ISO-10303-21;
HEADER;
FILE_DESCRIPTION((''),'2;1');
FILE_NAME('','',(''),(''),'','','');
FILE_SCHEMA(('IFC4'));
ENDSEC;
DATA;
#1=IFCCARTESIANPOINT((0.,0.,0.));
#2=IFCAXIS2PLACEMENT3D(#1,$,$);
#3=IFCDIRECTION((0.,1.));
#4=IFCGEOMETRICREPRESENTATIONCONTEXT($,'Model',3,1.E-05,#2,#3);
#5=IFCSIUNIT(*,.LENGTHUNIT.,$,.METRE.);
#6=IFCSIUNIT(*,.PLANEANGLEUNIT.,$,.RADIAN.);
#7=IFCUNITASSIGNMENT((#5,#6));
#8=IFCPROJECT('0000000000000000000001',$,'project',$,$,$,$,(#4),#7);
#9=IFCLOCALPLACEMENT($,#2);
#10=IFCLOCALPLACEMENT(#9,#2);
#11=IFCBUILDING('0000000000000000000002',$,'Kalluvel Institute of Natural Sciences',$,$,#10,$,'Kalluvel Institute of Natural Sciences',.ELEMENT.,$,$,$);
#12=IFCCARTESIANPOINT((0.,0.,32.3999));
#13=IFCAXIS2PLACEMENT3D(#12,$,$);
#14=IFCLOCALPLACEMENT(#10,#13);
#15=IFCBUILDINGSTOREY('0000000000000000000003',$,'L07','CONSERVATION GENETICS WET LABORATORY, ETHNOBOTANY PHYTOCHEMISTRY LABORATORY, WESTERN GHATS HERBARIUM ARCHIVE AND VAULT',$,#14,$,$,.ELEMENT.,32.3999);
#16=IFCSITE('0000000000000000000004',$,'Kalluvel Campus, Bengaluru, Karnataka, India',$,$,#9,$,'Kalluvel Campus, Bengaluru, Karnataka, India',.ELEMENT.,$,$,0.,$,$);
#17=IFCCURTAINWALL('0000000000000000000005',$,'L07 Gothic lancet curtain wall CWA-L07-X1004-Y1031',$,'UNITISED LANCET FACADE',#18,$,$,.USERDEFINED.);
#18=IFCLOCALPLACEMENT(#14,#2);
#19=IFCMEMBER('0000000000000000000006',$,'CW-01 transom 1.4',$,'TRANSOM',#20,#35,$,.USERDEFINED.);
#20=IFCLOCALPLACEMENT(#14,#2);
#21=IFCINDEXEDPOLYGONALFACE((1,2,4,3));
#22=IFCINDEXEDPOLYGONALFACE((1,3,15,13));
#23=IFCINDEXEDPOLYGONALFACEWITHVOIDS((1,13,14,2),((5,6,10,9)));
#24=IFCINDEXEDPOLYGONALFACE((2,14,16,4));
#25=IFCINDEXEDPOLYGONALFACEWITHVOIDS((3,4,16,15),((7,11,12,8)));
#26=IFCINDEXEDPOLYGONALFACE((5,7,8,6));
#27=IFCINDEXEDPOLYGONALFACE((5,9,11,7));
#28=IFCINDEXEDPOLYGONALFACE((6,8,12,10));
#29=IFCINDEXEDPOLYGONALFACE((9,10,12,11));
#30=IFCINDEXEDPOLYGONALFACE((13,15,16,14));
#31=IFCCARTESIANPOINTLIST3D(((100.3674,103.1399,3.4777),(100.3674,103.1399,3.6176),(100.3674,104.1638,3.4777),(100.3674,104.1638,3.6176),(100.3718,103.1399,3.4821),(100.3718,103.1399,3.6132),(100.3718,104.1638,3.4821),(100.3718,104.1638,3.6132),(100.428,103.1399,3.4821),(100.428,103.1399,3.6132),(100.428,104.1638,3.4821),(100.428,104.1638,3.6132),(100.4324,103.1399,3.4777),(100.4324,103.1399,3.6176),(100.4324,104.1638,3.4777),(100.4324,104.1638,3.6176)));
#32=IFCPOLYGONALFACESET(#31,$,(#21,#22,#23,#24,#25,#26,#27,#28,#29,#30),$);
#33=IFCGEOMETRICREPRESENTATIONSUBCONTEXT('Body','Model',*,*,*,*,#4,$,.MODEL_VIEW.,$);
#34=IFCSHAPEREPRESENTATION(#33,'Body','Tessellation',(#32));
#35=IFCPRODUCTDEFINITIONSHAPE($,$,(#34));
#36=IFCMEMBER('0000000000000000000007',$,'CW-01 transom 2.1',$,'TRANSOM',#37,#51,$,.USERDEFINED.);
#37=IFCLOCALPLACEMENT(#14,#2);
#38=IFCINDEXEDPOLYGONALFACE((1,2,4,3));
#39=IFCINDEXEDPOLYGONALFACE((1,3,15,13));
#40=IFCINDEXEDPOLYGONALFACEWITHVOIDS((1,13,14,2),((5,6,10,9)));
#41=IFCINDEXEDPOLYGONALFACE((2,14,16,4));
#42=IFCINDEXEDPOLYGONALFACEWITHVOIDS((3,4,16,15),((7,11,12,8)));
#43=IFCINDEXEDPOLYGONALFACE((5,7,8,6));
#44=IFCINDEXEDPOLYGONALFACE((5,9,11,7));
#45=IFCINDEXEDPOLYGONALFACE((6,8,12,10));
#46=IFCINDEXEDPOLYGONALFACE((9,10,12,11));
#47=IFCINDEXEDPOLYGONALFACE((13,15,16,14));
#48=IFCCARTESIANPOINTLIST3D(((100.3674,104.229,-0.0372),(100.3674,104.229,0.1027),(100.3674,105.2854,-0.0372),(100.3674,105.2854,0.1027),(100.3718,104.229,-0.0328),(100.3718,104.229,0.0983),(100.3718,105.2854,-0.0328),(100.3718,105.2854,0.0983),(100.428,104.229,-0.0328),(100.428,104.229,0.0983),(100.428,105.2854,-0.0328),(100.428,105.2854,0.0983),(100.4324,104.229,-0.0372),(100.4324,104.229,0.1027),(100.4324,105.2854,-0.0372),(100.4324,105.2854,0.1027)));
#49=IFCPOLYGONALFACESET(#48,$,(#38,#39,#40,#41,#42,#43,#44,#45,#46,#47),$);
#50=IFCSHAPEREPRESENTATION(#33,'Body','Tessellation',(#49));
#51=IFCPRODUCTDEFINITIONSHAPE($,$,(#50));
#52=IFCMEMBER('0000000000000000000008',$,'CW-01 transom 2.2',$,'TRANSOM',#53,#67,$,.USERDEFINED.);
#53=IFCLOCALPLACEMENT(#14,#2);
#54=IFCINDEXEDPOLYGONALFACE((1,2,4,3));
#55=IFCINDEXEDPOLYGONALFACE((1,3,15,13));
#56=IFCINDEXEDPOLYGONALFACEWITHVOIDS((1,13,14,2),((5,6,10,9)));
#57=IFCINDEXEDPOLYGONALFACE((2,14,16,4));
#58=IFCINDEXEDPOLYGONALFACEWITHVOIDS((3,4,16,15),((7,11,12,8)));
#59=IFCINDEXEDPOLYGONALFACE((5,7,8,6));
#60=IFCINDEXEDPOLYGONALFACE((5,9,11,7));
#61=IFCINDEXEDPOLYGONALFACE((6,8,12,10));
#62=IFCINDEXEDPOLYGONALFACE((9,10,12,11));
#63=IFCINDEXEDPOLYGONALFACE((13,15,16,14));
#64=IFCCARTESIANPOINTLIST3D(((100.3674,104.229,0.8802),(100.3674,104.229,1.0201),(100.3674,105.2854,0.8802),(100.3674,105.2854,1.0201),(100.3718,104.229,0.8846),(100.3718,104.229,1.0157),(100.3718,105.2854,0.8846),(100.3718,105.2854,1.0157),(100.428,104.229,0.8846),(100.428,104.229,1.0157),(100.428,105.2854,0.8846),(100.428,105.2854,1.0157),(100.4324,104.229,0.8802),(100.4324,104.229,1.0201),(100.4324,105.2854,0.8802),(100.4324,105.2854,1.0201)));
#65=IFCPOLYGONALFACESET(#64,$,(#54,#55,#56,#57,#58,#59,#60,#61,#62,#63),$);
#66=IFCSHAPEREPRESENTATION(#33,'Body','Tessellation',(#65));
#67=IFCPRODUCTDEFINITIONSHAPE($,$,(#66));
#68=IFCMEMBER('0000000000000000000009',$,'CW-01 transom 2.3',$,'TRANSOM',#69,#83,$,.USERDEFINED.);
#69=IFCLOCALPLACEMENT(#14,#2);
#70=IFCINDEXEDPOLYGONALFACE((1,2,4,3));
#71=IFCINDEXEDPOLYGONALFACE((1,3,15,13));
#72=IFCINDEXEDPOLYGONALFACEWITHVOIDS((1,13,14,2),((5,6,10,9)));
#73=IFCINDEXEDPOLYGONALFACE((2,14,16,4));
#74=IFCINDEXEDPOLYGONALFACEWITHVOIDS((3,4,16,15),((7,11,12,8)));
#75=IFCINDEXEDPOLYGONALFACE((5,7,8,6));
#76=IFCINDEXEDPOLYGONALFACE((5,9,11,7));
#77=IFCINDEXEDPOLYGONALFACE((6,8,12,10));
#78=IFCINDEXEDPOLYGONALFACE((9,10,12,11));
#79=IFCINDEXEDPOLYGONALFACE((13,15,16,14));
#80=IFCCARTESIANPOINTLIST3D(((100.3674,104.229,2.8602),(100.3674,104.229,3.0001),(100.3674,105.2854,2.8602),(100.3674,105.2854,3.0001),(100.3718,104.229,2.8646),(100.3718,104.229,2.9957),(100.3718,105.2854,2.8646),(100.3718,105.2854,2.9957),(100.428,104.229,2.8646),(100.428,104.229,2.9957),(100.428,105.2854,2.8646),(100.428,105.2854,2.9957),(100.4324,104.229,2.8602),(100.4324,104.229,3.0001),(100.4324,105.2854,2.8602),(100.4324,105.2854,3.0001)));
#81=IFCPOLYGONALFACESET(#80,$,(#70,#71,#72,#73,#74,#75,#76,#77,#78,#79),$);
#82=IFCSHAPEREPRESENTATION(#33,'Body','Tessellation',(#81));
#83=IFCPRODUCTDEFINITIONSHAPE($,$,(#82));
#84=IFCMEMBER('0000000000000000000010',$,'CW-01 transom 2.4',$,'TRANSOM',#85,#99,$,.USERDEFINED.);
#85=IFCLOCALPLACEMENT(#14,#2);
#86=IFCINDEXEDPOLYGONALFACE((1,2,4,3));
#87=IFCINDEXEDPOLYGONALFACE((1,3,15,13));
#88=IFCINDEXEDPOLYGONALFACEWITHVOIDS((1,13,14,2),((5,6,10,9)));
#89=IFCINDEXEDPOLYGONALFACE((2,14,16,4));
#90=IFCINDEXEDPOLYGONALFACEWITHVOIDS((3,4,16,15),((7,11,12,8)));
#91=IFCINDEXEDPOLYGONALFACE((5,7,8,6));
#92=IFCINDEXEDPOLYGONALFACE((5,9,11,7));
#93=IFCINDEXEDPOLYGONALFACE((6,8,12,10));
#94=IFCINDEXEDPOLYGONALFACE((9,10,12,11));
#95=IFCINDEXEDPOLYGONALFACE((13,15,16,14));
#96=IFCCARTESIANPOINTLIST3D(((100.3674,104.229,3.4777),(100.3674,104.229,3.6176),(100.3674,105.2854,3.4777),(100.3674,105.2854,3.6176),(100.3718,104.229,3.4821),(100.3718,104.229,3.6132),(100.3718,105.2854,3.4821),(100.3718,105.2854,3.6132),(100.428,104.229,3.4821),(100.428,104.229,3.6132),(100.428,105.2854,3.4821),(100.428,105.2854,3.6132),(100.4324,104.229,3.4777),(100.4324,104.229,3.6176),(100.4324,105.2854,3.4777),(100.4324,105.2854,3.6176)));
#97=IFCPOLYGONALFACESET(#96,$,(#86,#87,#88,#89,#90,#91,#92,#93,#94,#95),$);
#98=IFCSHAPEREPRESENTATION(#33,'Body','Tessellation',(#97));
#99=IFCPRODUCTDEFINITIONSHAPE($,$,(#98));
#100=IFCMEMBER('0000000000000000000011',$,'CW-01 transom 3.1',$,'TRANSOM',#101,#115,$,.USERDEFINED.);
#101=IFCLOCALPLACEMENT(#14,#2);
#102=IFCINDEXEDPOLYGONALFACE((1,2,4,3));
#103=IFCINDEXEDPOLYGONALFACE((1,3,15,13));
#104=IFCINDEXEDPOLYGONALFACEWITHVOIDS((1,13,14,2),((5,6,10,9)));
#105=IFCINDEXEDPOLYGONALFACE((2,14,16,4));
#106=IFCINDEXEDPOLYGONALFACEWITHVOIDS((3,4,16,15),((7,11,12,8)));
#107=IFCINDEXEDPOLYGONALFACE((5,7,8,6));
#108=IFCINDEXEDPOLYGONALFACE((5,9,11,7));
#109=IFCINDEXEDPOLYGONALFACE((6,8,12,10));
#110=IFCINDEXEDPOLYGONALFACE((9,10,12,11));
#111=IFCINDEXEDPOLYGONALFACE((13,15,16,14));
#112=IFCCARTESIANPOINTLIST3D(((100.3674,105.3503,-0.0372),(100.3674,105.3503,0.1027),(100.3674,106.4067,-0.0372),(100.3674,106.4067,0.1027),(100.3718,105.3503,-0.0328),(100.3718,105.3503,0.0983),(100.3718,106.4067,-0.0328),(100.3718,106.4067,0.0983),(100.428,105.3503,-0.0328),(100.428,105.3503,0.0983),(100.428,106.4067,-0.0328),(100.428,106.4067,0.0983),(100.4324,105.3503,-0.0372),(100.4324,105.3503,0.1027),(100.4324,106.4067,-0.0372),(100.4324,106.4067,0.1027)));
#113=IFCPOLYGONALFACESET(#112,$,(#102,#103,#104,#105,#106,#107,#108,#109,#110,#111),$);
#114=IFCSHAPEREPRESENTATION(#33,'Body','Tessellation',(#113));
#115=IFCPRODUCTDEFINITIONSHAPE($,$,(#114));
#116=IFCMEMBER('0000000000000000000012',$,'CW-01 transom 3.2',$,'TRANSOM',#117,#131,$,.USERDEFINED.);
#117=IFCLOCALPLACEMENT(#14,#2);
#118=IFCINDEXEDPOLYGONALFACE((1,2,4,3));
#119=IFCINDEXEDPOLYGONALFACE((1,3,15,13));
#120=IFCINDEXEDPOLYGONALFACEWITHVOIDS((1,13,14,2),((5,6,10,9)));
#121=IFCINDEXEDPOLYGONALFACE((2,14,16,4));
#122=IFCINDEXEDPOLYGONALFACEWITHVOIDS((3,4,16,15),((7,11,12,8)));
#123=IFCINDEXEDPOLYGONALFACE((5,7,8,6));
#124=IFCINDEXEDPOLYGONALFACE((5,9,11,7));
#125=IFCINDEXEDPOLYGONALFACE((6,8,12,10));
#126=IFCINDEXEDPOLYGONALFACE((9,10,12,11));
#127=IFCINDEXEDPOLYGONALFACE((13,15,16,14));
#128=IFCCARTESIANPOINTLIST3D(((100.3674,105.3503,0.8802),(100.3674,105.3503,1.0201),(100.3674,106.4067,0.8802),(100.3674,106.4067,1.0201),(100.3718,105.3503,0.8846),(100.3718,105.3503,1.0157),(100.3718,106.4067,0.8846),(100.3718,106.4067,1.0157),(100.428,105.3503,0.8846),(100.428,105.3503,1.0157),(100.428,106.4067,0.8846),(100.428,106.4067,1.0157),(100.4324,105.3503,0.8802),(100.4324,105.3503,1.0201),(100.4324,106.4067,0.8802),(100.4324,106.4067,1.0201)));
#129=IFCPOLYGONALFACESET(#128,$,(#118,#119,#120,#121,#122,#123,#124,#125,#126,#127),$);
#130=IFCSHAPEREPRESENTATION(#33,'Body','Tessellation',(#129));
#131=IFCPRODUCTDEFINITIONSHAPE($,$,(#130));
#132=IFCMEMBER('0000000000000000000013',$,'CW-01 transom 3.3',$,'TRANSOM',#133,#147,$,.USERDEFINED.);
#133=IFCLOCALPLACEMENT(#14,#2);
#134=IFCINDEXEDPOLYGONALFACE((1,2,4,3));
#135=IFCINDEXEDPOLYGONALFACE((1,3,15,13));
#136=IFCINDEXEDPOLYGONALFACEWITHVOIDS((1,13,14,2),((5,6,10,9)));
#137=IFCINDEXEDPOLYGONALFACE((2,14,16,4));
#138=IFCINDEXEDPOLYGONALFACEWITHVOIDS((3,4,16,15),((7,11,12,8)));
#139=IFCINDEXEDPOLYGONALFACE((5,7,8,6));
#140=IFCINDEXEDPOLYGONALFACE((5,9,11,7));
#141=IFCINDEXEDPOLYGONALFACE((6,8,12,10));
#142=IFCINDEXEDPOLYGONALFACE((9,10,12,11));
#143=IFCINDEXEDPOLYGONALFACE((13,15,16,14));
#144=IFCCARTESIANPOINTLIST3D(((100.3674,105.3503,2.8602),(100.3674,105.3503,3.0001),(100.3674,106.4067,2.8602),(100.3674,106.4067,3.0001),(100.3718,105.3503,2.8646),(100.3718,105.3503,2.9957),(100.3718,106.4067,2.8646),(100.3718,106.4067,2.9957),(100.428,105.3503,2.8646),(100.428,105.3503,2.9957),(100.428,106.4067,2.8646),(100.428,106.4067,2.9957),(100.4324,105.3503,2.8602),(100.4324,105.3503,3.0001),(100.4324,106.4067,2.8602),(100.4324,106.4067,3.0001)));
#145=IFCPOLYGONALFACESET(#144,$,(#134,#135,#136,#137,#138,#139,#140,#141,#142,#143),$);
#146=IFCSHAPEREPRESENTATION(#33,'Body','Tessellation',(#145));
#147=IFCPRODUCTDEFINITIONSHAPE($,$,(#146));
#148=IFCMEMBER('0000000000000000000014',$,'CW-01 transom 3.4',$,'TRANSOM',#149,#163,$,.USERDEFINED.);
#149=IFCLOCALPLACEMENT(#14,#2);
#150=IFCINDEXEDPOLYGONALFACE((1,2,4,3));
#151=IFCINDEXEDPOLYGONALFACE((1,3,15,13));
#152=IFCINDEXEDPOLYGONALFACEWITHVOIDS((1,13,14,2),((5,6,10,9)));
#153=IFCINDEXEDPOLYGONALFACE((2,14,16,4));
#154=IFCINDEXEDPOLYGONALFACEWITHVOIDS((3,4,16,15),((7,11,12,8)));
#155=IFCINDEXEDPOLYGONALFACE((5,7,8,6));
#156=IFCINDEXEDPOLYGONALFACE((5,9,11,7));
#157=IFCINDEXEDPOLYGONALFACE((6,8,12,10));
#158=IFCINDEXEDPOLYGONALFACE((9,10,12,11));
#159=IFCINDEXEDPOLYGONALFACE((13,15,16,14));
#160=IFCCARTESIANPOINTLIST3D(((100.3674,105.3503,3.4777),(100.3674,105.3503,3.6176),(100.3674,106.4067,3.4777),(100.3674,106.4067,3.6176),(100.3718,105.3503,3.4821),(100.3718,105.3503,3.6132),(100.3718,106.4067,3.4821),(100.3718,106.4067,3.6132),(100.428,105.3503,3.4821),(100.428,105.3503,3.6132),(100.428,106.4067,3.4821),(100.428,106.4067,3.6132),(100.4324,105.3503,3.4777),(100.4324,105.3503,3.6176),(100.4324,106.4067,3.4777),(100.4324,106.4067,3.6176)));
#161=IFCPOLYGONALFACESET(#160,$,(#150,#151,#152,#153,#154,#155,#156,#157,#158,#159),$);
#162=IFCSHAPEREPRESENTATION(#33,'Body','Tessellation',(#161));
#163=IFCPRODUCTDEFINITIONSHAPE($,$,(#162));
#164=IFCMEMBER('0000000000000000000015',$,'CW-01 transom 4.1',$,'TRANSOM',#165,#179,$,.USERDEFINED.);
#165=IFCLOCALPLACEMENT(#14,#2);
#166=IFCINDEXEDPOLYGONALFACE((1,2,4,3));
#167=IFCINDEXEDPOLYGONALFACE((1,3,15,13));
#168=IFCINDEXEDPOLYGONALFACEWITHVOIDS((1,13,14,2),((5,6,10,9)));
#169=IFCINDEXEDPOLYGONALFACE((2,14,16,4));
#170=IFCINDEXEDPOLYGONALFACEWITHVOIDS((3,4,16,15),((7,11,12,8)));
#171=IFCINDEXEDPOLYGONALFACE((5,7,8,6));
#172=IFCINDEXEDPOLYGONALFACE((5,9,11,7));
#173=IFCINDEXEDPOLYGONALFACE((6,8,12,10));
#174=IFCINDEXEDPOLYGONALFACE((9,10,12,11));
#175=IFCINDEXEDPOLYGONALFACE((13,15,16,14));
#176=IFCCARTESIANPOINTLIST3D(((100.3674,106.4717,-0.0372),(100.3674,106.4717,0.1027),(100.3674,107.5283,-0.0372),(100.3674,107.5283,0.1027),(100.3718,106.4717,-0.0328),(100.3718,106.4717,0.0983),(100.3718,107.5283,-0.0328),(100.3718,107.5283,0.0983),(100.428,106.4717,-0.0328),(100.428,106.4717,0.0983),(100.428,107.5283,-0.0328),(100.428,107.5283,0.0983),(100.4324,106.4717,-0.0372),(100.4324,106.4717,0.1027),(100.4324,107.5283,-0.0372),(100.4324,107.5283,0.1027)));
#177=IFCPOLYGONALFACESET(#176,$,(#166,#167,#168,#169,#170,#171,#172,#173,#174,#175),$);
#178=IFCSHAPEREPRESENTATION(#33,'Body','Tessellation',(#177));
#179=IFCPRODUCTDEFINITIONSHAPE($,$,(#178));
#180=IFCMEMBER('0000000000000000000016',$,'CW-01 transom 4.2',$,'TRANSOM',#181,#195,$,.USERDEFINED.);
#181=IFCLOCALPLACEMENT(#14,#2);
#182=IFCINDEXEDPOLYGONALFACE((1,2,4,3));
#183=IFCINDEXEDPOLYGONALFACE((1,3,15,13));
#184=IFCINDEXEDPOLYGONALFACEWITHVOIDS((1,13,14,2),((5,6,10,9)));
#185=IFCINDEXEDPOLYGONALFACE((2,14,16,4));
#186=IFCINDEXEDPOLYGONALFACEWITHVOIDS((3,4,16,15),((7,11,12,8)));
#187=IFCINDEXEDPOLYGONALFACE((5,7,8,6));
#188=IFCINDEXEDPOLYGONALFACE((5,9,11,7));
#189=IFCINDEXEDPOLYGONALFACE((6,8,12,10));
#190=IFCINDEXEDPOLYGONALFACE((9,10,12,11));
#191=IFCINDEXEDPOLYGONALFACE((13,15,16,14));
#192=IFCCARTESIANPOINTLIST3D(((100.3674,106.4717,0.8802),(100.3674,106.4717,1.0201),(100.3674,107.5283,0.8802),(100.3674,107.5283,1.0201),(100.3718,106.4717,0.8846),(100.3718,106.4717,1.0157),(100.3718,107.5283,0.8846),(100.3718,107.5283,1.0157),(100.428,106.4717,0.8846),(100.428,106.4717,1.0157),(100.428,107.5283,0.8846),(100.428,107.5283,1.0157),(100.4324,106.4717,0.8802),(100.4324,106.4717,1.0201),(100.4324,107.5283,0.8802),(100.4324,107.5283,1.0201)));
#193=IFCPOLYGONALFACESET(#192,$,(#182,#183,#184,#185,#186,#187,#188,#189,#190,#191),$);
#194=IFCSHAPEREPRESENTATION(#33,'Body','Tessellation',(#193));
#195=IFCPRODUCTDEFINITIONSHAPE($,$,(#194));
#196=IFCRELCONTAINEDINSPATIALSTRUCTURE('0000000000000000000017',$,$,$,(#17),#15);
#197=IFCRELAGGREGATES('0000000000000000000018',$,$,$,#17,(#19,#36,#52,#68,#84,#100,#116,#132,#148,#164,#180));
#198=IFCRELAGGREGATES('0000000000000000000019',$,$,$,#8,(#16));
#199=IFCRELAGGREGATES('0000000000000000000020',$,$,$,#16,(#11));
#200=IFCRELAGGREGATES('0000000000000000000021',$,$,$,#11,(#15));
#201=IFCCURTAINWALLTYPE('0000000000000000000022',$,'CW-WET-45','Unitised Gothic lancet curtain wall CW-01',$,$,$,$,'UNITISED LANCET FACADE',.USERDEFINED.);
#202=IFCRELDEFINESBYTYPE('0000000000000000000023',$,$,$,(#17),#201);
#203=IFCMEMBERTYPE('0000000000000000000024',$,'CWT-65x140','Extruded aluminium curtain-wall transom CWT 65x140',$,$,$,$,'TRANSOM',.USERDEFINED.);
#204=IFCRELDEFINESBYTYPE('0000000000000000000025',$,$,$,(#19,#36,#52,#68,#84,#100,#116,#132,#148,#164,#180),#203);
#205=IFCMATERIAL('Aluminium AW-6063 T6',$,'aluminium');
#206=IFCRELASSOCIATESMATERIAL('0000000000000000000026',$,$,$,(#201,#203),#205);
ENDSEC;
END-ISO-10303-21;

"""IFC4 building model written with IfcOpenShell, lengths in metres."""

from ifc_helpers import new_model, si_unit, direction, frame, origin, origin_2d, place, context, subcontext, project, spatial, hollow_rectangle, extrude, material, material_profile, profile_set, type_object, element, aggregate, save


model = new_model("IFC4")

# Units and contexts
model_context = context("Model", 3, precision=1e-05, world=origin(), true_north=direction((0.0, 1.0)))
body_context = subcontext(model_context, "Body", "Model", "MODEL_VIEW")
ifc_project = project(units=[si_unit("LENGTHUNIT", "METRE"), si_unit("PLANEANGLEUNIT", "RADIAN")], contexts=[model_context])

# Site, building, storey
site_placement = place(None, origin())
site = spatial("IfcSite", under=ifc_project, at=site_placement, Name="Kalluvel Campus, Bengaluru, Karnataka, India", LongName="Kalluvel Campus, Bengaluru, Karnataka, India", CompositionType="ELEMENT", RefElevation=0.0)
building_placement = place(site_placement, origin())
building = spatial("IfcBuilding", under=site, at=building_placement, Name="Kalluvel Institute of Natural Sciences", LongName="Kalluvel Institute of Natural Sciences", CompositionType="ELEMENT")
storey_placement = place(building_placement, frame((0.0, 0.0, 32.3999)))
storey = spatial("IfcBuildingStorey", under=building, at=storey_placement, Name="L07", Description="CONSERVATION GENETICS WET LABORATORY, ETHNOBOTANY PHYTOCHEMISTRY LABORATORY, WESTERN GHATS HERBARIUM ARCHIVE AND VAULT", CompositionType="ELEMENT", Elevation=32.3999)

# Curtain wall, members
ifc_material_1 = material(Name="Aluminium AW-6063 T6", Category="aluminium")
curtain_wall_type = type_object("IfcCurtainWallType", Name="CW-WET-45", Description="Unitised Gothic lancet curtain wall CW-01", ElementType="UNITISED LANCET FACADE", PredefinedType="USERDEFINED", material=ifc_material_1)
curtain_wall_placement = place(storey_placement, origin())
curtain_wall = element("IfcCurtainWall", 1, at=curtain_wall_placement, inside=storey, type_object=curtain_wall_type, Name="L07 Gothic lancet curtain wall CWA-L07-X1004-Y1031", ObjectType="UNITISED LANCET FACADE", PredefinedType="USERDEFINED")
ifc_material_profile_1 = material_profile(ifc_material_1, hollow_rectangle(XDim=0.0649, YDim=0.1399, WallThickness=0.0044, at=origin_2d()), Name="CWT 65x140")
ifc_profile_set_1 = profile_set([ifc_material_profile_1], Name="Aluminium AW-6063 T6")
member_type_1 = type_object("IfcMemberType", Name="CWT-65x140", Description="Extruded aluminium curtain-wall transom CWT 65x140", ElementType="TRANSOM", PredefinedType="USERDEFINED", material=ifc_profile_set_1)
member_1_placement = place(storey_placement, frame((100.3999, 103.1399, 3.5476), z_axis=(0.0, 1.0, 0.0), x_axis=(-1.0, 0.0, 0.0)))
member_1 = element("IfcMember", 2, at=member_1_placement, type_object=member_type_1, Name="CW-01 transom 1.4", ObjectType="TRANSOM", PredefinedType="USERDEFINED", context=body_context, shape_type="SweptSolid", body=[
    extrude(hollow_rectangle(XDim=0.0649, YDim=0.1399, WallThickness=0.0044, at=origin_2d()), origin(), (0.0, 0.0, 1.0), 1.0239),
])
member_2_placement = place(storey_placement, frame((100.3999, 104.229, 0.0327), z_axis=(0.0, 1.0, 0.0), x_axis=(-1.0, 0.0, 0.0)))
member_2 = element("IfcMember", 3, at=member_2_placement, type_object=member_type_1, Name="CW-01 transom 2.1", ObjectType="TRANSOM", PredefinedType="USERDEFINED", context=body_context, shape_type="SweptSolid", body=[
    extrude(hollow_rectangle(XDim=0.0649, YDim=0.1399, WallThickness=0.0044, at=origin_2d()), origin(), (0.0, 0.0, 1.0), 1.0564),
])
member_3_placement = place(storey_placement, frame((100.3999, 104.229, 0.9502), z_axis=(0.0, 1.0, 0.0), x_axis=(-1.0, 0.0, 0.0)))
member_3 = element("IfcMember", 4, at=member_3_placement, type_object=member_type_1, Name="CW-01 transom 2.2", ObjectType="TRANSOM", PredefinedType="USERDEFINED", context=body_context, shape_type="SweptSolid", body=[
    extrude(hollow_rectangle(XDim=0.0649, YDim=0.1399, WallThickness=0.0044, at=origin_2d()), origin(), (0.0, 0.0, 1.0), 1.0564),
])
member_4_placement = place(storey_placement, frame((100.3999, 104.229, 2.9302), z_axis=(0.0, 1.0, 0.0), x_axis=(-1.0, 0.0, 0.0)))
member_4 = element("IfcMember", 5, at=member_4_placement, type_object=member_type_1, Name="CW-01 transom 2.3", ObjectType="TRANSOM", PredefinedType="USERDEFINED", context=body_context, shape_type="SweptSolid", body=[
    extrude(hollow_rectangle(XDim=0.0649, YDim=0.1399, WallThickness=0.0044, at=origin_2d()), origin(), (0.0, 0.0, 1.0), 1.0564),
])
member_5_placement = place(storey_placement, frame((100.3999, 104.229, 3.5476), z_axis=(0.0, 1.0, 0.0), x_axis=(-1.0, 0.0, 0.0)))
member_5 = element("IfcMember", 6, at=member_5_placement, type_object=member_type_1, Name="CW-01 transom 2.4", ObjectType="TRANSOM", PredefinedType="USERDEFINED", context=body_context, shape_type="SweptSolid", body=[
    extrude(hollow_rectangle(XDim=0.0649, YDim=0.1399, WallThickness=0.0044, at=origin_2d()), origin(), (0.0, 0.0, 1.0), 1.0564),
])
member_6_placement = place(storey_placement, frame((100.3999, 105.3503, 0.0327), z_axis=(0.0, 1.0, 0.0), x_axis=(-1.0, 0.0, 0.0)))
member_6 = element("IfcMember", 7, at=member_6_placement, type_object=member_type_1, Name="CW-01 transom 3.1", ObjectType="TRANSOM", PredefinedType="USERDEFINED", context=body_context, shape_type="SweptSolid", body=[
    extrude(hollow_rectangle(XDim=0.0649, YDim=0.1399, WallThickness=0.0044, at=origin_2d()), origin(), (0.0, 0.0, 1.0), 1.0564),
])
member_7_placement = place(storey_placement, frame((100.3999, 105.3503, 0.9502), z_axis=(0.0, 1.0, 0.0), x_axis=(-1.0, 0.0, 0.0)))
member_7 = element("IfcMember", 8, at=member_7_placement, type_object=member_type_1, Name="CW-01 transom 3.2", ObjectType="TRANSOM", PredefinedType="USERDEFINED", context=body_context, shape_type="SweptSolid", body=[
    extrude(hollow_rectangle(XDim=0.0649, YDim=0.1399, WallThickness=0.0044, at=origin_2d()), origin(), (0.0, 0.0, 1.0), 1.0564),
])
member_8_placement = place(storey_placement, frame((100.3999, 105.3503, 2.9302), z_axis=(0.0, 1.0, 0.0), x_axis=(-1.0, 0.0, 0.0)))
member_8 = element("IfcMember", 9, at=member_8_placement, type_object=member_type_1, Name="CW-01 transom 3.3", ObjectType="TRANSOM", PredefinedType="USERDEFINED", context=body_context, shape_type="SweptSolid", body=[
    extrude(hollow_rectangle(XDim=0.0649, YDim=0.1399, WallThickness=0.0044, at=origin_2d()), origin(), (0.0, 0.0, 1.0), 1.0564),
])
member_9_placement = place(storey_placement, frame((100.3999, 105.3503, 3.5476), z_axis=(0.0, 1.0, 0.0), x_axis=(-1.0, 0.0, 0.0)))
member_9 = element("IfcMember", 10, at=member_9_placement, type_object=member_type_1, Name="CW-01 transom 3.4", ObjectType="TRANSOM", PredefinedType="USERDEFINED", context=body_context, shape_type="SweptSolid", body=[
    extrude(hollow_rectangle(XDim=0.0649, YDim=0.1399, WallThickness=0.0044, at=origin_2d()), origin(), (0.0, 0.0, 1.0), 1.0564),
])
member_10_placement = place(storey_placement, frame((100.3999, 106.4717, 0.0327), z_axis=(0.0, 1.0, 0.0), x_axis=(-1.0, 0.0, 0.0)))
member_10 = element("IfcMember", 11, at=member_10_placement, type_object=member_type_1, Name="CW-01 transom 4.1", ObjectType="TRANSOM", PredefinedType="USERDEFINED", context=body_context, shape_type="SweptSolid", body=[
    extrude(hollow_rectangle(XDim=0.0649, YDim=0.1399, WallThickness=0.0044, at=origin_2d()), origin(), (0.0, 0.0, 1.0), 1.0566),
])
member_11_placement = place(storey_placement, frame((100.3999, 106.4717, 0.9502), z_axis=(0.0, 1.0, 0.0), x_axis=(-1.0, 0.0, 0.0)))
member_11 = element("IfcMember", 12, at=member_11_placement, type_object=member_type_1, Name="CW-01 transom 4.2", ObjectType="TRANSOM", PredefinedType="USERDEFINED", context=body_context, shape_type="SweptSolid", body=[
    extrude(hollow_rectangle(XDim=0.0649, YDim=0.1399, WallThickness=0.0044, at=origin_2d()), origin(), (0.0, 0.0, 1.0), 1.0566),
])
aggregate(curtain_wall, [member_1, member_2, member_3, member_4, member_5, member_6, member_7, member_8, member_9, member_10, member_11])

save(model, "model.ifc")
